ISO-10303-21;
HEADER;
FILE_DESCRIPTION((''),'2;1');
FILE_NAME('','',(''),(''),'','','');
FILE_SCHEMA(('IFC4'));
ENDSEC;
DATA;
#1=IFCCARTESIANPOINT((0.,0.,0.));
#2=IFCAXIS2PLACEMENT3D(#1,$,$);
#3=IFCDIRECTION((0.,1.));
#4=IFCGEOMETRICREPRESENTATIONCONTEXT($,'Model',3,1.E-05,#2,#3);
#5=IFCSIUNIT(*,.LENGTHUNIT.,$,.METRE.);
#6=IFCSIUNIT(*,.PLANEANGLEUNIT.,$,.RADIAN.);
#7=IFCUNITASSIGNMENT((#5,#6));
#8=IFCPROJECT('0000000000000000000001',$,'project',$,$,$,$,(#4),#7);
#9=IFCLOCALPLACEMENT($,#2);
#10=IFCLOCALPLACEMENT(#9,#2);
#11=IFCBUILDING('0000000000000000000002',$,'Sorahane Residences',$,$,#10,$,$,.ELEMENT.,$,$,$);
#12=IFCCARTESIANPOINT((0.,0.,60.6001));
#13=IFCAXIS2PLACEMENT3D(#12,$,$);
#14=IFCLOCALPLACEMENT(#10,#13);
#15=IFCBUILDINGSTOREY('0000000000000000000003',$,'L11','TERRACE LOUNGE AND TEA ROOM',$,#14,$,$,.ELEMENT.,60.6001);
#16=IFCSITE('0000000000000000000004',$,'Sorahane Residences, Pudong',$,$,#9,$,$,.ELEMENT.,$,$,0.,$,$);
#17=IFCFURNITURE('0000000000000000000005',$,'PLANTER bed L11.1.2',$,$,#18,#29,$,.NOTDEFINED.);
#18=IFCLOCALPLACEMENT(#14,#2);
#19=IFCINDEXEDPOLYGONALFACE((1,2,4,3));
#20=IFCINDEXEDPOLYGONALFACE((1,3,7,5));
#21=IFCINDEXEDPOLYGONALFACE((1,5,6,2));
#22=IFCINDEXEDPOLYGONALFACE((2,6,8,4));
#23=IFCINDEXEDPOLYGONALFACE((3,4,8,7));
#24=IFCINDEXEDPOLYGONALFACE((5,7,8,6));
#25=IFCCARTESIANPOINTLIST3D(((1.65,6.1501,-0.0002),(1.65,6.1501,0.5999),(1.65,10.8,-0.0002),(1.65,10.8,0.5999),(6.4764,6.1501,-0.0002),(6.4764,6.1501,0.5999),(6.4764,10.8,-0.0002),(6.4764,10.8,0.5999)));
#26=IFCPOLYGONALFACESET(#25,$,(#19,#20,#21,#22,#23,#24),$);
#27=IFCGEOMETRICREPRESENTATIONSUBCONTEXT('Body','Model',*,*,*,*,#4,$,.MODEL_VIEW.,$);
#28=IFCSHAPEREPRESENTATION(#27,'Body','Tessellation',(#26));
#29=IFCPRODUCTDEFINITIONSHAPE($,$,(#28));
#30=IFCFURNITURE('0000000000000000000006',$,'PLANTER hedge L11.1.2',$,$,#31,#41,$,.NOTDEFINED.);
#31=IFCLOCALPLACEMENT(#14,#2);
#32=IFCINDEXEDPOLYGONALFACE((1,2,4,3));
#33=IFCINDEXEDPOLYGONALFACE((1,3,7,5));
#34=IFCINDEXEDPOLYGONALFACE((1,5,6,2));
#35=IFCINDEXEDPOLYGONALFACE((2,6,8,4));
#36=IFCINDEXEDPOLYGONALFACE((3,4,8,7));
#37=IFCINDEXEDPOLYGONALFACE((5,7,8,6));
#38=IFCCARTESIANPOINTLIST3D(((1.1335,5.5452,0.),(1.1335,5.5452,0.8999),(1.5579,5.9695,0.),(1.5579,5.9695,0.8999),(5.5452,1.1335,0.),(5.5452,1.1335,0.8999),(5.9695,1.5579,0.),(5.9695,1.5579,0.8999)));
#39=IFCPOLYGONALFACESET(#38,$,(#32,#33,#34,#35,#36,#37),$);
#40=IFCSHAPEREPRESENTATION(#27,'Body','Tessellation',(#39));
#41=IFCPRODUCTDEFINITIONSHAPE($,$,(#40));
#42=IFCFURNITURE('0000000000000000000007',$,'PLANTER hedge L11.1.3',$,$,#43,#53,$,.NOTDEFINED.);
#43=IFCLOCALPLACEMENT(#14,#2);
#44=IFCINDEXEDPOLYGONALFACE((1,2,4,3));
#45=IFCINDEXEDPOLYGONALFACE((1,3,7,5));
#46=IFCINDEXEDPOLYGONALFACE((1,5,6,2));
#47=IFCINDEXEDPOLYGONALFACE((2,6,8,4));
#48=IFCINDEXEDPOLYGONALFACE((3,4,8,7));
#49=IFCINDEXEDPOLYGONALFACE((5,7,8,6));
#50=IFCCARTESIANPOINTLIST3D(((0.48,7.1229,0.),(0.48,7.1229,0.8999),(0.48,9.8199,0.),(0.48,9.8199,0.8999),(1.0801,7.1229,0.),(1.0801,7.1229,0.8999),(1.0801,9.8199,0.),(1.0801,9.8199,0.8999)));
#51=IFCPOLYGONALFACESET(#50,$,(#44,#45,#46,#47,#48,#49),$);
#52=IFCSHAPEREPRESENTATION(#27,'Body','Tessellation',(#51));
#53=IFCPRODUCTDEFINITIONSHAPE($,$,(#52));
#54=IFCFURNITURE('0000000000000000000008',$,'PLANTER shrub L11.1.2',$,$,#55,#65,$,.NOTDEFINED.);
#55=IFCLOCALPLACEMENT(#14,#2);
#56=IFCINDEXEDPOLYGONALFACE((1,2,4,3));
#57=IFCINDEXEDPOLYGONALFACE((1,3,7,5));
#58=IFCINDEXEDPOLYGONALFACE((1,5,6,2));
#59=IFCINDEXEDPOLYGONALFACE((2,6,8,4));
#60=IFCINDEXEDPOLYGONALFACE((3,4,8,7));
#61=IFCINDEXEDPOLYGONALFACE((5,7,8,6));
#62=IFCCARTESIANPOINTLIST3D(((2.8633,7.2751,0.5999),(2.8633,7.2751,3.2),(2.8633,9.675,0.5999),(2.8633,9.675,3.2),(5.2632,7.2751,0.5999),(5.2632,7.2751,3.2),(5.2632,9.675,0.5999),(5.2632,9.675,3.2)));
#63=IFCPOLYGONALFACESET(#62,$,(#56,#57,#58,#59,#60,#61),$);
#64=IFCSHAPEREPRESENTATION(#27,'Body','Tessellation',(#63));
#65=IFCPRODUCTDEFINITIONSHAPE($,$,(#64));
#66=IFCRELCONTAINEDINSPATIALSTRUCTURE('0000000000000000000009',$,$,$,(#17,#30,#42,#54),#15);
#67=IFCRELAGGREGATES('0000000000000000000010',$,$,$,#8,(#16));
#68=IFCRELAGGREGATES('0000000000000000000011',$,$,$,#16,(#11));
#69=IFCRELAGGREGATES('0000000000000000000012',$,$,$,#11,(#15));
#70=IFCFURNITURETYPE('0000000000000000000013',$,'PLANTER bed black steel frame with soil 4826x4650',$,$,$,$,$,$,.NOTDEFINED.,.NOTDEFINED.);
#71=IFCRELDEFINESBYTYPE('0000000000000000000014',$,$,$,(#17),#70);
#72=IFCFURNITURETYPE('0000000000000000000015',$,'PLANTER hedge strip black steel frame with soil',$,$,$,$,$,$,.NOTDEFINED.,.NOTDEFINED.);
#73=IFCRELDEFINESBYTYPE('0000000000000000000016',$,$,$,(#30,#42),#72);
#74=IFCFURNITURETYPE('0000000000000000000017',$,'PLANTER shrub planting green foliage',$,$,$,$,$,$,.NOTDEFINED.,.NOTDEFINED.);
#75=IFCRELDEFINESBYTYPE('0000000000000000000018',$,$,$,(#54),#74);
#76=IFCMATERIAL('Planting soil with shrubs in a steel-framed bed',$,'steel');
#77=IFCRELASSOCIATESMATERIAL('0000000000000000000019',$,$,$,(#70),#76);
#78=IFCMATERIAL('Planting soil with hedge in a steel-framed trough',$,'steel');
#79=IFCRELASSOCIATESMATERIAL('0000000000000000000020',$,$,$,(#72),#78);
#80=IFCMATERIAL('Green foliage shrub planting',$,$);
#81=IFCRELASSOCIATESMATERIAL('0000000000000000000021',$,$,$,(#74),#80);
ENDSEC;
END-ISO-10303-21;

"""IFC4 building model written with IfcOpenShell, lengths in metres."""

from ifc_helpers import new_model, si_unit, direction, frame, origin, origin_2d, place, context, subcontext, project, spatial, rectangle, extrude, material, type_object, element, save


model = new_model("IFC4")

# Units and contexts
model_context = context("Model", 3, precision=1e-05, world=origin(), true_north=direction((0.0, 1.0)))
body_context = subcontext(model_context, "Body", "Model", "MODEL_VIEW")
ifc_project = project(units=[si_unit("LENGTHUNIT", "METRE"), si_unit("PLANEANGLEUNIT", "RADIAN")], contexts=[model_context])

# Site, building, storey
site_placement = place(None, origin())
site = spatial("IfcSite", under=ifc_project, at=site_placement, Name="Sorahane Residences, Pudong", CompositionType="ELEMENT", RefElevation=0.0)
building_placement = place(site_placement, origin())
building = spatial("IfcBuilding", under=site, at=building_placement, Name="Sorahane Residences", CompositionType="ELEMENT")
storey_placement = place(building_placement, frame((0.0, 0.0, 60.6001)))
storey = spatial("IfcBuildingStorey", under=building, at=storey_placement, Name="L11", Description="TERRACE LOUNGE AND TEA ROOM", CompositionType="ELEMENT", Elevation=60.6001)

# Furniture
ifc_material_1 = material(Name="Planting soil with shrubs in a steel-framed bed", Category="steel")
furniture_type_1 = type_object("IfcFurnitureType", Name="PLANTER bed black steel frame with soil 4826x4650", AssemblyPlace="NOTDEFINED", PredefinedType="NOTDEFINED", material=ifc_material_1)
furniture_1_placement = place(storey_placement, frame((4.0632, 8.4751, -0.0002), z_axis=(0.0, 0.0, 1.0), x_axis=(1.0, 0.0, 0.0)))
element("IfcFurniture", 1, at=furniture_1_placement, inside=storey, type_object=furniture_type_1, Name="PLANTER bed L11.1.2", PredefinedType="NOTDEFINED", context=body_context, shape_type="SweptSolid", body=[
    extrude(rectangle(XDim=4.8264, YDim=4.6499, at=origin_2d()), origin(), (0.0, 0.0, 1.0), 0.6001),
])
ifc_material_2 = material(Name="Planting soil with hedge in a steel-framed trough", Category="steel")
furniture_type_2 = type_object("IfcFurnitureType", Name="PLANTER hedge strip black steel frame with soil", AssemblyPlace="NOTDEFINED", PredefinedType="NOTDEFINED", material=ifc_material_2)
furniture_2_placement = place(storey_placement, frame((3.5515, 3.5515, 0.0), z_axis=(0.0, 0.0, 1.0), x_axis=(-0.707107, 0.707107, 0.0)))
element("IfcFurniture", 2, at=furniture_2_placement, inside=storey, type_object=furniture_type_2, Name="PLANTER hedge L11.1.2", PredefinedType="NOTDEFINED", context=body_context, shape_type="SweptSolid", body=[
    extrude(rectangle(XDim=6.239, YDim=0.6001, at=origin_2d()), origin(), (0.0, 0.0, 1.0), 0.8999),
])
furniture_3_placement = place(storey_placement, frame((0.78, 8.4714, 0.0), z_axis=(0.0, 0.0, 1.0), x_axis=(0.0, 1.0, 0.0)))
element("IfcFurniture", 3, at=furniture_3_placement, inside=storey, type_object=furniture_type_2, Name="PLANTER hedge L11.1.3", PredefinedType="NOTDEFINED", context=body_context, shape_type="SweptSolid", body=[
    extrude(rectangle(XDim=2.697, YDim=0.6001, at=origin_2d()), origin(), (0.0, 0.0, 1.0), 0.8999),
])
ifc_material_3 = material(Name="Green foliage shrub planting")
furniture_type_3 = type_object("IfcFurnitureType", Name="PLANTER shrub planting green foliage", AssemblyPlace="NOTDEFINED", PredefinedType="NOTDEFINED", material=ifc_material_3)
furniture_4_placement = place(storey_placement, frame((4.0632, 8.4751, 0.5999), z_axis=(0.0, 0.0, 1.0), x_axis=(1.0, 0.0, 0.0)))
element("IfcFurniture", 4, at=furniture_4_placement, inside=storey, type_object=furniture_type_3, Name="PLANTER shrub L11.1.2", PredefinedType="NOTDEFINED", context=body_context, shape_type="SweptSolid", body=[
    extrude(rectangle(XDim=2.3999, YDim=2.3999, at=origin_2d()), origin(), (0.0, 0.0, 1.0), 2.6001),
])

save(model, "model.ifc")
